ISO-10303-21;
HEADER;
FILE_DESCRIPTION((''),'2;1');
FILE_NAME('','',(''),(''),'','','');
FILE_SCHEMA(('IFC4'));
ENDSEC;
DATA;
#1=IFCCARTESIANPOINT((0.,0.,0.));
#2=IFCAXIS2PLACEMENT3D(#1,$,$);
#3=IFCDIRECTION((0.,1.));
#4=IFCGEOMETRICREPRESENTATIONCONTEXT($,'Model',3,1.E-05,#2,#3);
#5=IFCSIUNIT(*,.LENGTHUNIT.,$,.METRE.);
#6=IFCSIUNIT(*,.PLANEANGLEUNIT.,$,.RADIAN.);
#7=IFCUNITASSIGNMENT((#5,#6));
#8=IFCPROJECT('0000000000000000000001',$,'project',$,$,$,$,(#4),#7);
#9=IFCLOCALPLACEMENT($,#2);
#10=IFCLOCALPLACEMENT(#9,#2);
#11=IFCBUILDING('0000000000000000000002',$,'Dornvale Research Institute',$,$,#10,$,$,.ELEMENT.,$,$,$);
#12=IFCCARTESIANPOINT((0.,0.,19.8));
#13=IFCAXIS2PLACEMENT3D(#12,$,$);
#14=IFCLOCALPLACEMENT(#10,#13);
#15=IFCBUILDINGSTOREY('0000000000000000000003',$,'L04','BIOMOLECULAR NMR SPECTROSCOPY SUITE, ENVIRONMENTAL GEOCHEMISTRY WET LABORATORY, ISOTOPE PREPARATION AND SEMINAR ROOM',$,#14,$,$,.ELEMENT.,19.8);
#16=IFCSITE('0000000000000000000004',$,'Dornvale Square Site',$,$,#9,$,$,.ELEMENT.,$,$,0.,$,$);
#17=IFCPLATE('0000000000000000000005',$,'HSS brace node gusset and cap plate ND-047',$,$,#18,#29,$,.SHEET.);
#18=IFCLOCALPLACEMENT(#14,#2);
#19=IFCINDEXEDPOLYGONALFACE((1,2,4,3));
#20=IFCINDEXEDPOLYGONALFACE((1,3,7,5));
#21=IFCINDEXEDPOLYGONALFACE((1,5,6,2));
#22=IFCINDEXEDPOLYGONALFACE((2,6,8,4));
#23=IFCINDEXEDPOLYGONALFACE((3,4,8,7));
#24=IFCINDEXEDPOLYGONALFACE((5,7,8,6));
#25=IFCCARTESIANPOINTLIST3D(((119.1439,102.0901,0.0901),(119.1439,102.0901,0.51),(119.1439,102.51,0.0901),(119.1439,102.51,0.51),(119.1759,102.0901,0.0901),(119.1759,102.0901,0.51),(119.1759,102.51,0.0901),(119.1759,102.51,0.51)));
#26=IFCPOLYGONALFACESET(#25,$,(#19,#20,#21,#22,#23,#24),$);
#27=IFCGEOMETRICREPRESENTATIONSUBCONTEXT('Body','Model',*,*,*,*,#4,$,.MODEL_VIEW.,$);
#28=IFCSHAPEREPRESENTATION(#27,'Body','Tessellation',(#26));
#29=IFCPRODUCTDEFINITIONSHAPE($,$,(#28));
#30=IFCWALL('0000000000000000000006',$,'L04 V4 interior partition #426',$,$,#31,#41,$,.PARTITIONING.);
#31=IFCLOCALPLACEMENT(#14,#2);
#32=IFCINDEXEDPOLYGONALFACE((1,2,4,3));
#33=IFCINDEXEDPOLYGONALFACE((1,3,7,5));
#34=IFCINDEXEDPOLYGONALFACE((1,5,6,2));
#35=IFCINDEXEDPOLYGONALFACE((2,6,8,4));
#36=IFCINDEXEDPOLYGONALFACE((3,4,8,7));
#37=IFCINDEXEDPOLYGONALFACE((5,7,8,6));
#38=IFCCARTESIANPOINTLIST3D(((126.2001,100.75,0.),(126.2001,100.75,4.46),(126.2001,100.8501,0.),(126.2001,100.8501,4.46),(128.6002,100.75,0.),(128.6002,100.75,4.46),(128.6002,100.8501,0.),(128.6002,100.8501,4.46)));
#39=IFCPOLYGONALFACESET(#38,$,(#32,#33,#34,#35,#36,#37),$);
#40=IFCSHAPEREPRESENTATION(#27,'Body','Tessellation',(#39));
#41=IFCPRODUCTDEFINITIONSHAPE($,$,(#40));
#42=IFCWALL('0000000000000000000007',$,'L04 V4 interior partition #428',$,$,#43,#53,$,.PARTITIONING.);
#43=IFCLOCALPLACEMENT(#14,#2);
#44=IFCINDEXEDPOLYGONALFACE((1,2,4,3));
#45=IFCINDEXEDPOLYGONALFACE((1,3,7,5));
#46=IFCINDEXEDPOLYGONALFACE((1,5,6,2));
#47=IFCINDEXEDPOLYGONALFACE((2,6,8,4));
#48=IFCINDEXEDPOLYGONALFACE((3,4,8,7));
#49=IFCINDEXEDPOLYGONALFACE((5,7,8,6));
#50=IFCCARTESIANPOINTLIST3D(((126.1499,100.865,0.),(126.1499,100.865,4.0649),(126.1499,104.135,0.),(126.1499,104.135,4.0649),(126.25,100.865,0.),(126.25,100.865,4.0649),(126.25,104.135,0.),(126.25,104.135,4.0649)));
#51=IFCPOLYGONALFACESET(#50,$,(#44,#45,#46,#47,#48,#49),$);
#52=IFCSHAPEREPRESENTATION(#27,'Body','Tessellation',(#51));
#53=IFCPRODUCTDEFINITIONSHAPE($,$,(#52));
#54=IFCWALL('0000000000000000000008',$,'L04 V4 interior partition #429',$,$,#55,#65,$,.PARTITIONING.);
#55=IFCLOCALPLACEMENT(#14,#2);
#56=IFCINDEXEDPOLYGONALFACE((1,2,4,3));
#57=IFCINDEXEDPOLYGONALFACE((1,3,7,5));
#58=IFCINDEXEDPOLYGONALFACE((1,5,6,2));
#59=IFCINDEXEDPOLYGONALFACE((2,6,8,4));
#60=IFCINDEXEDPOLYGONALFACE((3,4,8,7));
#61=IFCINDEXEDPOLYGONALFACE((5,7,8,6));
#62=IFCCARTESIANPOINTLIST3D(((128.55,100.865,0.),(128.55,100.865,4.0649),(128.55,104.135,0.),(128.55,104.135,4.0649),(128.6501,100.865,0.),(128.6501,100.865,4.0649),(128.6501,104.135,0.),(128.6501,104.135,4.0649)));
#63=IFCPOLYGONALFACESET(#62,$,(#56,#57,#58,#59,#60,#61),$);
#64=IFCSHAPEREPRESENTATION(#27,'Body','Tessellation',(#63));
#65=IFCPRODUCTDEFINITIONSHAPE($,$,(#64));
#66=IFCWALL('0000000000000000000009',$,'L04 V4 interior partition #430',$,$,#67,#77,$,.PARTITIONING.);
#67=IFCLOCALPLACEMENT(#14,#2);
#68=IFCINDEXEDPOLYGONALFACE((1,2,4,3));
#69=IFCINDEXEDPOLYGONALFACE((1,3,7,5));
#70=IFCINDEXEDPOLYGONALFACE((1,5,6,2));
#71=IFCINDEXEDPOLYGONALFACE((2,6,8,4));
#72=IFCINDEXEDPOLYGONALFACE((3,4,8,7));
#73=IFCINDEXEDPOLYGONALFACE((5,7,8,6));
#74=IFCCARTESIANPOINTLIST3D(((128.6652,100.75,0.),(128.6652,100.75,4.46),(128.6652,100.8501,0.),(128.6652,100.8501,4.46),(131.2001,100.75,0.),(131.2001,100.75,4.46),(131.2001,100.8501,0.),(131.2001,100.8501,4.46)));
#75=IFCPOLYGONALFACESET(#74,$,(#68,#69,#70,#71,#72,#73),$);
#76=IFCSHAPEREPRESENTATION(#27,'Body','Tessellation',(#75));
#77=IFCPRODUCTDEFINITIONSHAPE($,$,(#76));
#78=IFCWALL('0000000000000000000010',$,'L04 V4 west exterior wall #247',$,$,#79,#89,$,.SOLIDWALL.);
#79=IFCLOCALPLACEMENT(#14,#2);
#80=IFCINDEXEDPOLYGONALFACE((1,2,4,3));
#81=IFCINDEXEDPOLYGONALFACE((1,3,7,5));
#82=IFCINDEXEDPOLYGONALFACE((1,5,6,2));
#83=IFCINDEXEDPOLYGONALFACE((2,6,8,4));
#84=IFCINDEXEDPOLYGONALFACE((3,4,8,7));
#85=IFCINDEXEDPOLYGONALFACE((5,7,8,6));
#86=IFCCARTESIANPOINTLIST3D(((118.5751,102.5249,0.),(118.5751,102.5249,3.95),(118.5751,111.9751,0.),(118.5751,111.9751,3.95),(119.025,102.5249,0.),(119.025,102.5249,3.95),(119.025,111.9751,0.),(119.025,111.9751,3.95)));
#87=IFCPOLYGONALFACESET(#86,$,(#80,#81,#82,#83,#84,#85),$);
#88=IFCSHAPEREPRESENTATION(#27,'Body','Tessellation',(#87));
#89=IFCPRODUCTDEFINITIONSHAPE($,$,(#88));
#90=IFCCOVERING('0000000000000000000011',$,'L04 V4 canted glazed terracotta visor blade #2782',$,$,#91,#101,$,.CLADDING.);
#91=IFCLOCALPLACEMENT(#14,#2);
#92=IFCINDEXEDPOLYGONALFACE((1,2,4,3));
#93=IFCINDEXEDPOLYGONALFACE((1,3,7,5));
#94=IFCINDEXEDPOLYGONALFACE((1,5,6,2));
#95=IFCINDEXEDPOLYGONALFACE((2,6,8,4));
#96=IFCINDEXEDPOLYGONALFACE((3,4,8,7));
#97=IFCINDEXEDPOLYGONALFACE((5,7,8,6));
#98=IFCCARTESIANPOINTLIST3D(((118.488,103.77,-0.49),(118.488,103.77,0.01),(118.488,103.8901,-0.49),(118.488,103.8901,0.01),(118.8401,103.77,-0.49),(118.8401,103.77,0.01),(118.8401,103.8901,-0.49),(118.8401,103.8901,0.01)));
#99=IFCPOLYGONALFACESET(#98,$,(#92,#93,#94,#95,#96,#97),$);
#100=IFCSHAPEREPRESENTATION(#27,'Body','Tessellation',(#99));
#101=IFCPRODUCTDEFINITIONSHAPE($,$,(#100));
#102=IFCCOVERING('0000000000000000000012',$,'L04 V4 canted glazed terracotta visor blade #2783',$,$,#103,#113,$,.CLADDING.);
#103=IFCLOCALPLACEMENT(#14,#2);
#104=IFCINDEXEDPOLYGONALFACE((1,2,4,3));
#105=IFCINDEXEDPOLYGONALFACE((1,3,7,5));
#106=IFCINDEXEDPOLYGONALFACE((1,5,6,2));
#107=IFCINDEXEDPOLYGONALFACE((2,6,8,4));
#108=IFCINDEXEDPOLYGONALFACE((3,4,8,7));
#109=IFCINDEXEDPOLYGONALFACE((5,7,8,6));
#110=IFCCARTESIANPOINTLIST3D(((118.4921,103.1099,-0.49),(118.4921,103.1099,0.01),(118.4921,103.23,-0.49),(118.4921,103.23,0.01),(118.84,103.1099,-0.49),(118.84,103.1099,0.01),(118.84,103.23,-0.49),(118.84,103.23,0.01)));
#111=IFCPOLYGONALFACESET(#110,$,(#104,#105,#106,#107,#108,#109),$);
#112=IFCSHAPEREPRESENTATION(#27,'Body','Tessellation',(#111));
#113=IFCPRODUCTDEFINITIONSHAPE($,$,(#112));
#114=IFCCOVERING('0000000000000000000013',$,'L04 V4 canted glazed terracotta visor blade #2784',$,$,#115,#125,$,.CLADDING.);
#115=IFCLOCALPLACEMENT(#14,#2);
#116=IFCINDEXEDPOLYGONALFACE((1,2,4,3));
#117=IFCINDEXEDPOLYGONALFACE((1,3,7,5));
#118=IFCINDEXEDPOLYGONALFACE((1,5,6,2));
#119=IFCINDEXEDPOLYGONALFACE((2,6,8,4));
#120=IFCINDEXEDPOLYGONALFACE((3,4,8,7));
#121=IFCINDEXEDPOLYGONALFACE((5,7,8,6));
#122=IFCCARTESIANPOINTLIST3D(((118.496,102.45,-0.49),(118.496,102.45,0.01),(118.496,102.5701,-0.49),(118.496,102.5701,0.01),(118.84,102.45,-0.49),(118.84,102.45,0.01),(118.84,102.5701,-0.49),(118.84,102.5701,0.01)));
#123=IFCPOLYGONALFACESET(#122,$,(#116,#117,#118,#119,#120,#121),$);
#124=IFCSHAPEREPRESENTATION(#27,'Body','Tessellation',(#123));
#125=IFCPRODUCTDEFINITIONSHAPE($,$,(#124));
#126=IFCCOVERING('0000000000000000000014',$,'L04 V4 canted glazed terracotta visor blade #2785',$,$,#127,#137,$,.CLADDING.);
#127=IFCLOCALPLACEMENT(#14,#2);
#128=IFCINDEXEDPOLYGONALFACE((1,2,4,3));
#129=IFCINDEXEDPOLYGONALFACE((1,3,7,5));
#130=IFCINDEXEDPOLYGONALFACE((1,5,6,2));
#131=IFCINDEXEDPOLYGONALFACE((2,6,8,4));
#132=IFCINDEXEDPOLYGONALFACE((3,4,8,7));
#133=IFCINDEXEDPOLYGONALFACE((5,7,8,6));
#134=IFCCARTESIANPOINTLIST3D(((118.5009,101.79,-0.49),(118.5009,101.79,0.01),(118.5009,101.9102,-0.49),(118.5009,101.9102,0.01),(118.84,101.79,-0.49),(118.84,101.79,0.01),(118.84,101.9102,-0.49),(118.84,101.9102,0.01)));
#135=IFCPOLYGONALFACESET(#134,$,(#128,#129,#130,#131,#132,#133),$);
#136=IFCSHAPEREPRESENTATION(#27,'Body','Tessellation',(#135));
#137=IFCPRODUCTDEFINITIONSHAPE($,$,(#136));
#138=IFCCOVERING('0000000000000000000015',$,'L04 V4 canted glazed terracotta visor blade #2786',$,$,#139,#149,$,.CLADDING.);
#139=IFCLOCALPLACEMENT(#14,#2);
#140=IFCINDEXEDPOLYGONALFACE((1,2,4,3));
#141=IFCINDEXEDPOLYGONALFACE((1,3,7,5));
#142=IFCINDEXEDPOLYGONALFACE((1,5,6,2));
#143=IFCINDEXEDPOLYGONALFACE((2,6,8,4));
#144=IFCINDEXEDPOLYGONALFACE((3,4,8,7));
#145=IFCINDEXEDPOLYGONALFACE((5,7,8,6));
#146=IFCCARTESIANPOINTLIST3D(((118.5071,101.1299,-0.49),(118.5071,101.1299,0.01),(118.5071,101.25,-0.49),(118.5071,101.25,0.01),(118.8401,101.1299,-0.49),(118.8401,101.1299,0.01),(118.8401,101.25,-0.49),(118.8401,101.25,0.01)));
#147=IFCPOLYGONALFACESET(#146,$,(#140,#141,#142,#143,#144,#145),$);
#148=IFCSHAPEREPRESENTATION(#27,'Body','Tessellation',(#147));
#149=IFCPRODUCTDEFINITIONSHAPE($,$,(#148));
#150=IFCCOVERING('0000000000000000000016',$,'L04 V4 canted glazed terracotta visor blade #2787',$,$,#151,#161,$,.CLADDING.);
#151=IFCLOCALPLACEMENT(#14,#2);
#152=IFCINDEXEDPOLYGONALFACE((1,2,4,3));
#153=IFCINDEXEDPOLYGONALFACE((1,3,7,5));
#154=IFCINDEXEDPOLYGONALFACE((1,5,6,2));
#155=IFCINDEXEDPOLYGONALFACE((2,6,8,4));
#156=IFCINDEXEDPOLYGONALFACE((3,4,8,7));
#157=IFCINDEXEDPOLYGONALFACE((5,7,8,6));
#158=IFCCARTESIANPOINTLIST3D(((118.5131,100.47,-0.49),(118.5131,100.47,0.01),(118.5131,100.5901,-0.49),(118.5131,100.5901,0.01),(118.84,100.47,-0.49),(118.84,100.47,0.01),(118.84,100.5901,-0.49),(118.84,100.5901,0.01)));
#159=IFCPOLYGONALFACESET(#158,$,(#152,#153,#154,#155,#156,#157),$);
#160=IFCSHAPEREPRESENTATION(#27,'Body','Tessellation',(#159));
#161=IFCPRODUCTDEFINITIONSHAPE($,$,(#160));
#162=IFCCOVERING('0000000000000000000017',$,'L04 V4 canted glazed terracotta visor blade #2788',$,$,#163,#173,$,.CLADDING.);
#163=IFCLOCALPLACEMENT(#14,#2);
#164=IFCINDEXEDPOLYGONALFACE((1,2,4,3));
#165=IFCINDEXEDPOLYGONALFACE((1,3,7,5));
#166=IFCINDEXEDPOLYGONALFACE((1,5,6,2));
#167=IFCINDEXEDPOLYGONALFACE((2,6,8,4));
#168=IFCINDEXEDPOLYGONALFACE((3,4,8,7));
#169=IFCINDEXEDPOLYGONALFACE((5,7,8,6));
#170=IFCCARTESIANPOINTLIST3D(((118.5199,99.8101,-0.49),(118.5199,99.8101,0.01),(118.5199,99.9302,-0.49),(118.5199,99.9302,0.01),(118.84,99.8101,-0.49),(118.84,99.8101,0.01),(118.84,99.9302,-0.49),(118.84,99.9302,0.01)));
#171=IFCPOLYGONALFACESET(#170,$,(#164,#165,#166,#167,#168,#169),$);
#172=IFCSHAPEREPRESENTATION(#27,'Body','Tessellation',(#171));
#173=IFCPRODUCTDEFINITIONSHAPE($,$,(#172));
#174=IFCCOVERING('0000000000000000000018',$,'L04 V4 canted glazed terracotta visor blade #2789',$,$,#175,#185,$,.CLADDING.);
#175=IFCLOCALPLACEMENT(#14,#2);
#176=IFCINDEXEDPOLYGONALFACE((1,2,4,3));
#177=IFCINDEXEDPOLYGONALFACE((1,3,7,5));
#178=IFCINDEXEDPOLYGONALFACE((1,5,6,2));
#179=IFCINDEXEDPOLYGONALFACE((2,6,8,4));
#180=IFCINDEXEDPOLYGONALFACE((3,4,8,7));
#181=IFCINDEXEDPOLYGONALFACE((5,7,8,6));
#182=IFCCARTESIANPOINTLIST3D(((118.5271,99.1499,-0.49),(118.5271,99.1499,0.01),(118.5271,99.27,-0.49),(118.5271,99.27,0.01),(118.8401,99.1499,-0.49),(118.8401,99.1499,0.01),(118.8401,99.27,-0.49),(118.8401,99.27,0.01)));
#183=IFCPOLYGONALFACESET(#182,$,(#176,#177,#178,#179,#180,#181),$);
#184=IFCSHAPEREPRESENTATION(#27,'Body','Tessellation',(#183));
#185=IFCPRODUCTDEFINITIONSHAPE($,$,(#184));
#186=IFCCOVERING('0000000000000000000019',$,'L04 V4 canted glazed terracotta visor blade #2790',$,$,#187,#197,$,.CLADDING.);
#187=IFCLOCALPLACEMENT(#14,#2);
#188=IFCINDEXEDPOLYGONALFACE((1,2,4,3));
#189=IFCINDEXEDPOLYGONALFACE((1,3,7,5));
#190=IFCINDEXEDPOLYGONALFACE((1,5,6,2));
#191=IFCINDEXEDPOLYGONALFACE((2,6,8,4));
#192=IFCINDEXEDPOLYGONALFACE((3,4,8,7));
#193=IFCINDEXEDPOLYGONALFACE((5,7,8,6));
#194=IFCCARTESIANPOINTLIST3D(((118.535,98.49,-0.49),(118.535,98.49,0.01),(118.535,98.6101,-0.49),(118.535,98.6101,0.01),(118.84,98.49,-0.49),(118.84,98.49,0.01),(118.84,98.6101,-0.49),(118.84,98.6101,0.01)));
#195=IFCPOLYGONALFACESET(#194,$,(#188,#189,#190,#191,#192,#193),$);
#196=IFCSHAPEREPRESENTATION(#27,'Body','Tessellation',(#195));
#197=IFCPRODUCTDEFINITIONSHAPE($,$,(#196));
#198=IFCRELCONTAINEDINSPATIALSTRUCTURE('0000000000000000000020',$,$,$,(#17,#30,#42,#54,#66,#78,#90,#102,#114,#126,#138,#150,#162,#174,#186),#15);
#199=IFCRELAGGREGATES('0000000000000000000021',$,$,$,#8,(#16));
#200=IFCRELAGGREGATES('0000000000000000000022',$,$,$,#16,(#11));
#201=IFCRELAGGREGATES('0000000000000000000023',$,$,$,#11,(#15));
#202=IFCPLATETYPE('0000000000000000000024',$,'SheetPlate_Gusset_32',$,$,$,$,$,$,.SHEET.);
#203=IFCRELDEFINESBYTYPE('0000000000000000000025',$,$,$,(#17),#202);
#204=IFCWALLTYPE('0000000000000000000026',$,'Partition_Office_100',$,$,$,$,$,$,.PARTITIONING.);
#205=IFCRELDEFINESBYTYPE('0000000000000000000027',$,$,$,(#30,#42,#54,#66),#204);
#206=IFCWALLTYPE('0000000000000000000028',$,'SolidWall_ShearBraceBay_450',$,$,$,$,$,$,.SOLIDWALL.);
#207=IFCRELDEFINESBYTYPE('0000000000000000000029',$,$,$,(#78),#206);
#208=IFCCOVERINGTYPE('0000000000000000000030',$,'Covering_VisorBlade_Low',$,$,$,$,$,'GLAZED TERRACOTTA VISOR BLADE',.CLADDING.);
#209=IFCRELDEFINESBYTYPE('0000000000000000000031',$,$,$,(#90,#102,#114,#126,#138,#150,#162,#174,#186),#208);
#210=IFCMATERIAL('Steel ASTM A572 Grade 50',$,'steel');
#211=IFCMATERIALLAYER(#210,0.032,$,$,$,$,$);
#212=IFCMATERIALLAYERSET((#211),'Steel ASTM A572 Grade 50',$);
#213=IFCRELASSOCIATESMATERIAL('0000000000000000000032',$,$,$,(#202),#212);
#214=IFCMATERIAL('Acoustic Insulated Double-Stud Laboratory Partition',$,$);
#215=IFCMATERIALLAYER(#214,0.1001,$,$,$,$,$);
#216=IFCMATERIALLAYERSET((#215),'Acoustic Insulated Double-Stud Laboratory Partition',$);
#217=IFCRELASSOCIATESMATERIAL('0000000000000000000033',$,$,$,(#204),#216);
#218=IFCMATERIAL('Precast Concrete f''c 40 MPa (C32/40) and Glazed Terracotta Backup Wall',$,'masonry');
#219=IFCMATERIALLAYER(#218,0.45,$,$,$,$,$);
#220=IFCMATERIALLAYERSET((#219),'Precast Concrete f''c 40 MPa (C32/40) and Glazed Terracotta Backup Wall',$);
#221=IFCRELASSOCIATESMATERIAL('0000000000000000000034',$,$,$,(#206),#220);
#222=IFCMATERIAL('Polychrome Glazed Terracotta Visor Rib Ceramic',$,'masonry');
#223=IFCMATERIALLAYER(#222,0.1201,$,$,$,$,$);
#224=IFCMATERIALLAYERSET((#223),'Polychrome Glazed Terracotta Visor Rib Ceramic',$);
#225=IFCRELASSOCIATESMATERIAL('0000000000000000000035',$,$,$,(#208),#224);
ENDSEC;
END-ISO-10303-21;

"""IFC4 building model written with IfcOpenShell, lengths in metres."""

from ifc_helpers import new_model, si_unit, direction, frame, frame_2d, origin, origin_2d, place, context, subcontext, project, spatial, rectangle, extrude, material, layer, layer_set, type_object, element, save


model = new_model("IFC4")

# Units and contexts
model_context = context("Model", 3, precision=1e-05, world=origin(), true_north=direction((0.0, 1.0)))
body_context = subcontext(model_context, "Body", "Model", "MODEL_VIEW")
ifc_project = project(units=[si_unit("LENGTHUNIT", "METRE"), si_unit("PLANEANGLEUNIT", "RADIAN")], contexts=[model_context])

# Site, building, storey
site_placement = place(None, origin())
site = spatial("IfcSite", under=ifc_project, at=site_placement, Name="Dornvale Square Site", CompositionType="ELEMENT", RefElevation=0.0)
building_placement = place(site_placement, origin())
building = spatial("IfcBuilding", under=site, at=building_placement, Name="Dornvale Research Institute", CompositionType="ELEMENT")
storey_placement = place(building_placement, frame((0.0, 0.0, 19.8)))
storey = spatial("IfcBuildingStorey", under=building, at=storey_placement, Name="L04", Description="BIOMOLECULAR NMR SPECTROSCOPY SUITE, ENVIRONMENTAL GEOCHEMISTRY WET LABORATORY, ISOTOPE PREPARATION AND SEMINAR ROOM", CompositionType="ELEMENT", Elevation=19.8)

# Plate
ifc_material_1 = material(Name="Steel ASTM A572 Grade 50", Category="steel")
ifc_layer_1 = layer(ifc_material_1, 0.032)
ifc_layer_set_1 = layer_set([ifc_layer_1], Name="Steel ASTM A572 Grade 50")
plate_type = type_object("IfcPlateType", Name="SheetPlate_Gusset_32", PredefinedType="SHEET", material=ifc_layer_set_1)
plate_placement = place(storey_placement, frame((119.1599, 102.3, 0.0901), z_axis=(0.0, 0.0, 1.0), x_axis=(0.0, 1.0, 0.0)))
element("IfcPlate", 1, at=plate_placement, inside=storey, type_object=plate_type, Name="HSS brace node gusset and cap plate ND-047", PredefinedType="SHEET", context=body_context, shape_type="SweptSolid", body=[
    extrude(rectangle(XDim=0.4199, YDim=0.032, at=origin_2d()), origin(), (0.0, 0.0, 1.0), 0.4199),
])

# Wall
ifc_material_2 = material(Name="Acoustic Insulated Double-Stud Laboratory Partition")
ifc_layer_2 = layer(ifc_material_2, 0.1001)
ifc_layer_set_2 = layer_set([ifc_layer_2], Name="Acoustic Insulated Double-Stud Laboratory Partition")
wall_type_1 = type_object("IfcWallType", Name="Partition_Office_100", PredefinedType="PARTITIONING", material=ifc_layer_set_2)
wall_1_placement = place(storey_placement, frame((126.2, 100.8, 0.0), z_axis=(0.0, 0.0, 1.0), x_axis=(1.0, 0.0, 0.0)))
element("IfcWall", 2, at=wall_1_placement, inside=storey, type_object=wall_type_1, Name="L04 V4 interior partition #426", PredefinedType="PARTITIONING", context=body_context, shape_type="SweptSolid", body=[
    extrude(rectangle(XDim=2.4001, YDim=0.1001, at=frame_2d((1.2002, 0.0))), origin(), (0.0, 0.0, 1.0), 4.46),
])

# Walls
for number, where, z_axis, x_axis, name in (
    (3, (126.2, 100.865, 0.0), (0.0, 0.0, 1.0), (0.0, 1.0, 0.0), "L04 V4 interior partition #428"),
    (4, (128.6001, 100.865, 0.0), (0.0, 0.0, 1.0), (0.0, 1.0, 0.0), "L04 V4 interior partition #429"),
):
    element("IfcWall", number, at=place(storey_placement, frame(where, z_axis=z_axis, x_axis=x_axis)), inside=storey, type_object=wall_type_1, Name=name, PredefinedType="PARTITIONING", context=body_context, shape_type="SweptSolid", body=[
        extrude(rectangle(XDim=3.27, YDim=0.1001, at=frame_2d((1.635, 0.0))), origin(), (0.0, 0.0, 1.0), 4.0649),
    ])
wall_2_placement = place(storey_placement, frame((128.665, 100.8, 0.0), z_axis=(0.0, 0.0, 1.0), x_axis=(1.0, 0.0, 0.0)))
element("IfcWall", 5, at=wall_2_placement, inside=storey, type_object=wall_type_1, Name="L04 V4 interior partition #430", PredefinedType="PARTITIONING", context=body_context, shape_type="SweptSolid", body=[
    extrude(rectangle(XDim=2.5349, YDim=0.1001, at=frame_2d((1.2676, 0.0))), origin(), (0.0, 0.0, 1.0), 4.46),
])
ifc_material_3 = material(Name="Precast Concrete f'c 40 MPa (C32/40) and Glazed Terracotta Backup Wall", Category="masonry")
ifc_layer_3 = layer(ifc_material_3, 0.45)
ifc_layer_set_3 = layer_set([ifc_layer_3], Name="Precast Concrete f'c 40 MPa (C32/40) and Glazed Terracotta Backup Wall")
wall_type_2 = type_object("IfcWallType", Name="SolidWall_ShearBraceBay_450", PredefinedType="SOLIDWALL", material=ifc_layer_set_3)
wall_3_placement = place(storey_placement, frame((118.8, 102.5249, 0.0), z_axis=(0.0, 0.0, 1.0), x_axis=(0.0, 1.0, 0.0)))
element("IfcWall", 6, at=wall_3_placement, inside=storey, type_object=wall_type_2, Name="L04 V4 west exterior wall #247", PredefinedType="SOLIDWALL", context=body_context, shape_type="SweptSolid", body=[
    extrude(rectangle(XDim=9.4502, YDim=0.45, at=frame_2d((4.7251, 0.0))), origin(), (0.0, 0.0, 1.0), 3.95),
])

# Coverings
ifc_material_4 = material(Name="Polychrome Glazed Terracotta Visor Rib Ceramic", Category="masonry")
ifc_layer_4 = layer(ifc_material_4, 0.1201)
ifc_layer_set_4 = layer_set([ifc_layer_4], Name="Polychrome Glazed Terracotta Visor Rib Ceramic")
covering_type = type_object("IfcCoveringType", Name="Covering_VisorBlade_Low", ElementType="GLAZED TERRACOTTA VISOR BLADE", PredefinedType="CLADDING", material=ifc_layer_set_4)
covering_1_placement = place(storey_placement, frame((118.6641, 103.8301, -0.49), z_axis=(0.0, 0.0, 1.0), x_axis=(1.0, 0.0, 0.0)))
element("IfcCovering", 7, at=covering_1_placement, inside=storey, type_object=covering_type, Name="L04 V4 canted glazed terracotta visor blade #2782", PredefinedType="CLADDING", context=body_context, shape_type="SweptSolid", body=[
    extrude(rectangle(XDim=0.3521, YDim=0.1201, at=origin_2d()), origin(), (0.0, 0.0, 1.0), 0.5),
])
covering_2_placement = place(storey_placement, frame((118.666, 103.1699, -0.49), z_axis=(0.0, 0.0, 1.0), x_axis=(1.0, 0.0, 0.0)))
element("IfcCovering", 8, at=covering_2_placement, inside=storey, type_object=covering_type, Name="L04 V4 canted glazed terracotta visor blade #2783", PredefinedType="CLADDING", context=body_context, shape_type="SweptSolid", body=[
    extrude(rectangle(XDim=0.3479, YDim=0.1201, at=origin_2d()), origin(), (0.0, 0.0, 1.0), 0.5),
])
covering_3_placement = place(storey_placement, frame((118.668, 102.51, -0.49), z_axis=(0.0, 0.0, 1.0), x_axis=(1.0, 0.0, 0.0)))
element("IfcCovering", 9, at=covering_3_placement, inside=storey, type_object=covering_type, Name="L04 V4 canted glazed terracotta visor blade #2784", PredefinedType="CLADDING", context=body_context, shape_type="SweptSolid", body=[
    extrude(rectangle(XDim=0.344, YDim=0.1201, at=origin_2d()), origin(), (0.0, 0.0, 1.0), 0.5),
])
covering_4_placement = place(storey_placement, frame((118.6704, 101.8501, -0.49), z_axis=(0.0, 0.0, 1.0), x_axis=(1.0, 0.0, 0.0)))
element("IfcCovering", 10, at=covering_4_placement, inside=storey, type_object=covering_type, Name="L04 V4 canted glazed terracotta visor blade #2785", PredefinedType="CLADDING", context=body_context, shape_type="SweptSolid", body=[
    extrude(rectangle(XDim=0.3391, YDim=0.1201, at=origin_2d()), origin(), (0.0, 0.0, 1.0), 0.5),
])
covering_5_placement = place(storey_placement, frame((118.6736, 101.1899, -0.49), z_axis=(0.0, 0.0, 1.0), x_axis=(1.0, 0.0, 0.0)))
element("IfcCovering", 11, at=covering_5_placement, inside=storey, type_object=covering_type, Name="L04 V4 canted glazed terracotta visor blade #2786", PredefinedType="CLADDING", context=body_context, shape_type="SweptSolid", body=[
    extrude(rectangle(XDim=0.333, YDim=0.1201, at=origin_2d()), origin(), (0.0, 0.0, 1.0), 0.5),
])
covering_6_placement = place(storey_placement, frame((118.6765, 100.53, -0.49), z_axis=(0.0, 0.0, 1.0), x_axis=(1.0, 0.0, 0.0)))
element("IfcCovering", 12, at=covering_6_placement, inside=storey, type_object=covering_type, Name="L04 V4 canted glazed terracotta visor blade #2787", PredefinedType="CLADDING", context=body_context, shape_type="SweptSolid", body=[
    extrude(rectangle(XDim=0.3269, YDim=0.1201, at=origin_2d()), origin(), (0.0, 0.0, 1.0), 0.5),
])
covering_7_placement = place(storey_placement, frame((118.6799, 99.8701, -0.49), z_axis=(0.0, 0.0, 1.0), x_axis=(1.0, 0.0, 0.0)))
element("IfcCovering", 13, at=covering_7_placement, inside=storey, type_object=covering_type, Name="L04 V4 canted glazed terracotta visor blade #2788", PredefinedType="CLADDING", context=body_context, shape_type="SweptSolid", body=[
    extrude(rectangle(XDim=0.3201, YDim=0.1201, at=origin_2d()), origin(), (0.0, 0.0, 1.0), 0.5),
])
covering_8_placement = place(storey_placement, frame((118.6836, 99.21, -0.49), z_axis=(0.0, 0.0, 1.0), x_axis=(1.0, 0.0, 0.0)))
element("IfcCovering", 14, at=covering_8_placement, inside=storey, type_object=covering_type, Name="L04 V4 canted glazed terracotta visor blade #2789", PredefinedType="CLADDING", context=body_context, shape_type="SweptSolid", body=[
    extrude(rectangle(XDim=0.313, YDim=0.1201, at=origin_2d()), origin(), (0.0, 0.0, 1.0), 0.5),
])
covering_9_placement = place(storey_placement, frame((118.6875, 98.55, -0.49), z_axis=(0.0, 0.0, 1.0), x_axis=(1.0, 0.0, 0.0)))
element("IfcCovering", 15, at=covering_9_placement, inside=storey, type_object=covering_type, Name="L04 V4 canted glazed terracotta visor blade #2790", PredefinedType="CLADDING", context=body_context, shape_type="SweptSolid", body=[
    extrude(rectangle(XDim=0.3049, YDim=0.1201, at=origin_2d()), origin(), (0.0, 0.0, 1.0), 0.5),
])

save(model, "model.ifc")
